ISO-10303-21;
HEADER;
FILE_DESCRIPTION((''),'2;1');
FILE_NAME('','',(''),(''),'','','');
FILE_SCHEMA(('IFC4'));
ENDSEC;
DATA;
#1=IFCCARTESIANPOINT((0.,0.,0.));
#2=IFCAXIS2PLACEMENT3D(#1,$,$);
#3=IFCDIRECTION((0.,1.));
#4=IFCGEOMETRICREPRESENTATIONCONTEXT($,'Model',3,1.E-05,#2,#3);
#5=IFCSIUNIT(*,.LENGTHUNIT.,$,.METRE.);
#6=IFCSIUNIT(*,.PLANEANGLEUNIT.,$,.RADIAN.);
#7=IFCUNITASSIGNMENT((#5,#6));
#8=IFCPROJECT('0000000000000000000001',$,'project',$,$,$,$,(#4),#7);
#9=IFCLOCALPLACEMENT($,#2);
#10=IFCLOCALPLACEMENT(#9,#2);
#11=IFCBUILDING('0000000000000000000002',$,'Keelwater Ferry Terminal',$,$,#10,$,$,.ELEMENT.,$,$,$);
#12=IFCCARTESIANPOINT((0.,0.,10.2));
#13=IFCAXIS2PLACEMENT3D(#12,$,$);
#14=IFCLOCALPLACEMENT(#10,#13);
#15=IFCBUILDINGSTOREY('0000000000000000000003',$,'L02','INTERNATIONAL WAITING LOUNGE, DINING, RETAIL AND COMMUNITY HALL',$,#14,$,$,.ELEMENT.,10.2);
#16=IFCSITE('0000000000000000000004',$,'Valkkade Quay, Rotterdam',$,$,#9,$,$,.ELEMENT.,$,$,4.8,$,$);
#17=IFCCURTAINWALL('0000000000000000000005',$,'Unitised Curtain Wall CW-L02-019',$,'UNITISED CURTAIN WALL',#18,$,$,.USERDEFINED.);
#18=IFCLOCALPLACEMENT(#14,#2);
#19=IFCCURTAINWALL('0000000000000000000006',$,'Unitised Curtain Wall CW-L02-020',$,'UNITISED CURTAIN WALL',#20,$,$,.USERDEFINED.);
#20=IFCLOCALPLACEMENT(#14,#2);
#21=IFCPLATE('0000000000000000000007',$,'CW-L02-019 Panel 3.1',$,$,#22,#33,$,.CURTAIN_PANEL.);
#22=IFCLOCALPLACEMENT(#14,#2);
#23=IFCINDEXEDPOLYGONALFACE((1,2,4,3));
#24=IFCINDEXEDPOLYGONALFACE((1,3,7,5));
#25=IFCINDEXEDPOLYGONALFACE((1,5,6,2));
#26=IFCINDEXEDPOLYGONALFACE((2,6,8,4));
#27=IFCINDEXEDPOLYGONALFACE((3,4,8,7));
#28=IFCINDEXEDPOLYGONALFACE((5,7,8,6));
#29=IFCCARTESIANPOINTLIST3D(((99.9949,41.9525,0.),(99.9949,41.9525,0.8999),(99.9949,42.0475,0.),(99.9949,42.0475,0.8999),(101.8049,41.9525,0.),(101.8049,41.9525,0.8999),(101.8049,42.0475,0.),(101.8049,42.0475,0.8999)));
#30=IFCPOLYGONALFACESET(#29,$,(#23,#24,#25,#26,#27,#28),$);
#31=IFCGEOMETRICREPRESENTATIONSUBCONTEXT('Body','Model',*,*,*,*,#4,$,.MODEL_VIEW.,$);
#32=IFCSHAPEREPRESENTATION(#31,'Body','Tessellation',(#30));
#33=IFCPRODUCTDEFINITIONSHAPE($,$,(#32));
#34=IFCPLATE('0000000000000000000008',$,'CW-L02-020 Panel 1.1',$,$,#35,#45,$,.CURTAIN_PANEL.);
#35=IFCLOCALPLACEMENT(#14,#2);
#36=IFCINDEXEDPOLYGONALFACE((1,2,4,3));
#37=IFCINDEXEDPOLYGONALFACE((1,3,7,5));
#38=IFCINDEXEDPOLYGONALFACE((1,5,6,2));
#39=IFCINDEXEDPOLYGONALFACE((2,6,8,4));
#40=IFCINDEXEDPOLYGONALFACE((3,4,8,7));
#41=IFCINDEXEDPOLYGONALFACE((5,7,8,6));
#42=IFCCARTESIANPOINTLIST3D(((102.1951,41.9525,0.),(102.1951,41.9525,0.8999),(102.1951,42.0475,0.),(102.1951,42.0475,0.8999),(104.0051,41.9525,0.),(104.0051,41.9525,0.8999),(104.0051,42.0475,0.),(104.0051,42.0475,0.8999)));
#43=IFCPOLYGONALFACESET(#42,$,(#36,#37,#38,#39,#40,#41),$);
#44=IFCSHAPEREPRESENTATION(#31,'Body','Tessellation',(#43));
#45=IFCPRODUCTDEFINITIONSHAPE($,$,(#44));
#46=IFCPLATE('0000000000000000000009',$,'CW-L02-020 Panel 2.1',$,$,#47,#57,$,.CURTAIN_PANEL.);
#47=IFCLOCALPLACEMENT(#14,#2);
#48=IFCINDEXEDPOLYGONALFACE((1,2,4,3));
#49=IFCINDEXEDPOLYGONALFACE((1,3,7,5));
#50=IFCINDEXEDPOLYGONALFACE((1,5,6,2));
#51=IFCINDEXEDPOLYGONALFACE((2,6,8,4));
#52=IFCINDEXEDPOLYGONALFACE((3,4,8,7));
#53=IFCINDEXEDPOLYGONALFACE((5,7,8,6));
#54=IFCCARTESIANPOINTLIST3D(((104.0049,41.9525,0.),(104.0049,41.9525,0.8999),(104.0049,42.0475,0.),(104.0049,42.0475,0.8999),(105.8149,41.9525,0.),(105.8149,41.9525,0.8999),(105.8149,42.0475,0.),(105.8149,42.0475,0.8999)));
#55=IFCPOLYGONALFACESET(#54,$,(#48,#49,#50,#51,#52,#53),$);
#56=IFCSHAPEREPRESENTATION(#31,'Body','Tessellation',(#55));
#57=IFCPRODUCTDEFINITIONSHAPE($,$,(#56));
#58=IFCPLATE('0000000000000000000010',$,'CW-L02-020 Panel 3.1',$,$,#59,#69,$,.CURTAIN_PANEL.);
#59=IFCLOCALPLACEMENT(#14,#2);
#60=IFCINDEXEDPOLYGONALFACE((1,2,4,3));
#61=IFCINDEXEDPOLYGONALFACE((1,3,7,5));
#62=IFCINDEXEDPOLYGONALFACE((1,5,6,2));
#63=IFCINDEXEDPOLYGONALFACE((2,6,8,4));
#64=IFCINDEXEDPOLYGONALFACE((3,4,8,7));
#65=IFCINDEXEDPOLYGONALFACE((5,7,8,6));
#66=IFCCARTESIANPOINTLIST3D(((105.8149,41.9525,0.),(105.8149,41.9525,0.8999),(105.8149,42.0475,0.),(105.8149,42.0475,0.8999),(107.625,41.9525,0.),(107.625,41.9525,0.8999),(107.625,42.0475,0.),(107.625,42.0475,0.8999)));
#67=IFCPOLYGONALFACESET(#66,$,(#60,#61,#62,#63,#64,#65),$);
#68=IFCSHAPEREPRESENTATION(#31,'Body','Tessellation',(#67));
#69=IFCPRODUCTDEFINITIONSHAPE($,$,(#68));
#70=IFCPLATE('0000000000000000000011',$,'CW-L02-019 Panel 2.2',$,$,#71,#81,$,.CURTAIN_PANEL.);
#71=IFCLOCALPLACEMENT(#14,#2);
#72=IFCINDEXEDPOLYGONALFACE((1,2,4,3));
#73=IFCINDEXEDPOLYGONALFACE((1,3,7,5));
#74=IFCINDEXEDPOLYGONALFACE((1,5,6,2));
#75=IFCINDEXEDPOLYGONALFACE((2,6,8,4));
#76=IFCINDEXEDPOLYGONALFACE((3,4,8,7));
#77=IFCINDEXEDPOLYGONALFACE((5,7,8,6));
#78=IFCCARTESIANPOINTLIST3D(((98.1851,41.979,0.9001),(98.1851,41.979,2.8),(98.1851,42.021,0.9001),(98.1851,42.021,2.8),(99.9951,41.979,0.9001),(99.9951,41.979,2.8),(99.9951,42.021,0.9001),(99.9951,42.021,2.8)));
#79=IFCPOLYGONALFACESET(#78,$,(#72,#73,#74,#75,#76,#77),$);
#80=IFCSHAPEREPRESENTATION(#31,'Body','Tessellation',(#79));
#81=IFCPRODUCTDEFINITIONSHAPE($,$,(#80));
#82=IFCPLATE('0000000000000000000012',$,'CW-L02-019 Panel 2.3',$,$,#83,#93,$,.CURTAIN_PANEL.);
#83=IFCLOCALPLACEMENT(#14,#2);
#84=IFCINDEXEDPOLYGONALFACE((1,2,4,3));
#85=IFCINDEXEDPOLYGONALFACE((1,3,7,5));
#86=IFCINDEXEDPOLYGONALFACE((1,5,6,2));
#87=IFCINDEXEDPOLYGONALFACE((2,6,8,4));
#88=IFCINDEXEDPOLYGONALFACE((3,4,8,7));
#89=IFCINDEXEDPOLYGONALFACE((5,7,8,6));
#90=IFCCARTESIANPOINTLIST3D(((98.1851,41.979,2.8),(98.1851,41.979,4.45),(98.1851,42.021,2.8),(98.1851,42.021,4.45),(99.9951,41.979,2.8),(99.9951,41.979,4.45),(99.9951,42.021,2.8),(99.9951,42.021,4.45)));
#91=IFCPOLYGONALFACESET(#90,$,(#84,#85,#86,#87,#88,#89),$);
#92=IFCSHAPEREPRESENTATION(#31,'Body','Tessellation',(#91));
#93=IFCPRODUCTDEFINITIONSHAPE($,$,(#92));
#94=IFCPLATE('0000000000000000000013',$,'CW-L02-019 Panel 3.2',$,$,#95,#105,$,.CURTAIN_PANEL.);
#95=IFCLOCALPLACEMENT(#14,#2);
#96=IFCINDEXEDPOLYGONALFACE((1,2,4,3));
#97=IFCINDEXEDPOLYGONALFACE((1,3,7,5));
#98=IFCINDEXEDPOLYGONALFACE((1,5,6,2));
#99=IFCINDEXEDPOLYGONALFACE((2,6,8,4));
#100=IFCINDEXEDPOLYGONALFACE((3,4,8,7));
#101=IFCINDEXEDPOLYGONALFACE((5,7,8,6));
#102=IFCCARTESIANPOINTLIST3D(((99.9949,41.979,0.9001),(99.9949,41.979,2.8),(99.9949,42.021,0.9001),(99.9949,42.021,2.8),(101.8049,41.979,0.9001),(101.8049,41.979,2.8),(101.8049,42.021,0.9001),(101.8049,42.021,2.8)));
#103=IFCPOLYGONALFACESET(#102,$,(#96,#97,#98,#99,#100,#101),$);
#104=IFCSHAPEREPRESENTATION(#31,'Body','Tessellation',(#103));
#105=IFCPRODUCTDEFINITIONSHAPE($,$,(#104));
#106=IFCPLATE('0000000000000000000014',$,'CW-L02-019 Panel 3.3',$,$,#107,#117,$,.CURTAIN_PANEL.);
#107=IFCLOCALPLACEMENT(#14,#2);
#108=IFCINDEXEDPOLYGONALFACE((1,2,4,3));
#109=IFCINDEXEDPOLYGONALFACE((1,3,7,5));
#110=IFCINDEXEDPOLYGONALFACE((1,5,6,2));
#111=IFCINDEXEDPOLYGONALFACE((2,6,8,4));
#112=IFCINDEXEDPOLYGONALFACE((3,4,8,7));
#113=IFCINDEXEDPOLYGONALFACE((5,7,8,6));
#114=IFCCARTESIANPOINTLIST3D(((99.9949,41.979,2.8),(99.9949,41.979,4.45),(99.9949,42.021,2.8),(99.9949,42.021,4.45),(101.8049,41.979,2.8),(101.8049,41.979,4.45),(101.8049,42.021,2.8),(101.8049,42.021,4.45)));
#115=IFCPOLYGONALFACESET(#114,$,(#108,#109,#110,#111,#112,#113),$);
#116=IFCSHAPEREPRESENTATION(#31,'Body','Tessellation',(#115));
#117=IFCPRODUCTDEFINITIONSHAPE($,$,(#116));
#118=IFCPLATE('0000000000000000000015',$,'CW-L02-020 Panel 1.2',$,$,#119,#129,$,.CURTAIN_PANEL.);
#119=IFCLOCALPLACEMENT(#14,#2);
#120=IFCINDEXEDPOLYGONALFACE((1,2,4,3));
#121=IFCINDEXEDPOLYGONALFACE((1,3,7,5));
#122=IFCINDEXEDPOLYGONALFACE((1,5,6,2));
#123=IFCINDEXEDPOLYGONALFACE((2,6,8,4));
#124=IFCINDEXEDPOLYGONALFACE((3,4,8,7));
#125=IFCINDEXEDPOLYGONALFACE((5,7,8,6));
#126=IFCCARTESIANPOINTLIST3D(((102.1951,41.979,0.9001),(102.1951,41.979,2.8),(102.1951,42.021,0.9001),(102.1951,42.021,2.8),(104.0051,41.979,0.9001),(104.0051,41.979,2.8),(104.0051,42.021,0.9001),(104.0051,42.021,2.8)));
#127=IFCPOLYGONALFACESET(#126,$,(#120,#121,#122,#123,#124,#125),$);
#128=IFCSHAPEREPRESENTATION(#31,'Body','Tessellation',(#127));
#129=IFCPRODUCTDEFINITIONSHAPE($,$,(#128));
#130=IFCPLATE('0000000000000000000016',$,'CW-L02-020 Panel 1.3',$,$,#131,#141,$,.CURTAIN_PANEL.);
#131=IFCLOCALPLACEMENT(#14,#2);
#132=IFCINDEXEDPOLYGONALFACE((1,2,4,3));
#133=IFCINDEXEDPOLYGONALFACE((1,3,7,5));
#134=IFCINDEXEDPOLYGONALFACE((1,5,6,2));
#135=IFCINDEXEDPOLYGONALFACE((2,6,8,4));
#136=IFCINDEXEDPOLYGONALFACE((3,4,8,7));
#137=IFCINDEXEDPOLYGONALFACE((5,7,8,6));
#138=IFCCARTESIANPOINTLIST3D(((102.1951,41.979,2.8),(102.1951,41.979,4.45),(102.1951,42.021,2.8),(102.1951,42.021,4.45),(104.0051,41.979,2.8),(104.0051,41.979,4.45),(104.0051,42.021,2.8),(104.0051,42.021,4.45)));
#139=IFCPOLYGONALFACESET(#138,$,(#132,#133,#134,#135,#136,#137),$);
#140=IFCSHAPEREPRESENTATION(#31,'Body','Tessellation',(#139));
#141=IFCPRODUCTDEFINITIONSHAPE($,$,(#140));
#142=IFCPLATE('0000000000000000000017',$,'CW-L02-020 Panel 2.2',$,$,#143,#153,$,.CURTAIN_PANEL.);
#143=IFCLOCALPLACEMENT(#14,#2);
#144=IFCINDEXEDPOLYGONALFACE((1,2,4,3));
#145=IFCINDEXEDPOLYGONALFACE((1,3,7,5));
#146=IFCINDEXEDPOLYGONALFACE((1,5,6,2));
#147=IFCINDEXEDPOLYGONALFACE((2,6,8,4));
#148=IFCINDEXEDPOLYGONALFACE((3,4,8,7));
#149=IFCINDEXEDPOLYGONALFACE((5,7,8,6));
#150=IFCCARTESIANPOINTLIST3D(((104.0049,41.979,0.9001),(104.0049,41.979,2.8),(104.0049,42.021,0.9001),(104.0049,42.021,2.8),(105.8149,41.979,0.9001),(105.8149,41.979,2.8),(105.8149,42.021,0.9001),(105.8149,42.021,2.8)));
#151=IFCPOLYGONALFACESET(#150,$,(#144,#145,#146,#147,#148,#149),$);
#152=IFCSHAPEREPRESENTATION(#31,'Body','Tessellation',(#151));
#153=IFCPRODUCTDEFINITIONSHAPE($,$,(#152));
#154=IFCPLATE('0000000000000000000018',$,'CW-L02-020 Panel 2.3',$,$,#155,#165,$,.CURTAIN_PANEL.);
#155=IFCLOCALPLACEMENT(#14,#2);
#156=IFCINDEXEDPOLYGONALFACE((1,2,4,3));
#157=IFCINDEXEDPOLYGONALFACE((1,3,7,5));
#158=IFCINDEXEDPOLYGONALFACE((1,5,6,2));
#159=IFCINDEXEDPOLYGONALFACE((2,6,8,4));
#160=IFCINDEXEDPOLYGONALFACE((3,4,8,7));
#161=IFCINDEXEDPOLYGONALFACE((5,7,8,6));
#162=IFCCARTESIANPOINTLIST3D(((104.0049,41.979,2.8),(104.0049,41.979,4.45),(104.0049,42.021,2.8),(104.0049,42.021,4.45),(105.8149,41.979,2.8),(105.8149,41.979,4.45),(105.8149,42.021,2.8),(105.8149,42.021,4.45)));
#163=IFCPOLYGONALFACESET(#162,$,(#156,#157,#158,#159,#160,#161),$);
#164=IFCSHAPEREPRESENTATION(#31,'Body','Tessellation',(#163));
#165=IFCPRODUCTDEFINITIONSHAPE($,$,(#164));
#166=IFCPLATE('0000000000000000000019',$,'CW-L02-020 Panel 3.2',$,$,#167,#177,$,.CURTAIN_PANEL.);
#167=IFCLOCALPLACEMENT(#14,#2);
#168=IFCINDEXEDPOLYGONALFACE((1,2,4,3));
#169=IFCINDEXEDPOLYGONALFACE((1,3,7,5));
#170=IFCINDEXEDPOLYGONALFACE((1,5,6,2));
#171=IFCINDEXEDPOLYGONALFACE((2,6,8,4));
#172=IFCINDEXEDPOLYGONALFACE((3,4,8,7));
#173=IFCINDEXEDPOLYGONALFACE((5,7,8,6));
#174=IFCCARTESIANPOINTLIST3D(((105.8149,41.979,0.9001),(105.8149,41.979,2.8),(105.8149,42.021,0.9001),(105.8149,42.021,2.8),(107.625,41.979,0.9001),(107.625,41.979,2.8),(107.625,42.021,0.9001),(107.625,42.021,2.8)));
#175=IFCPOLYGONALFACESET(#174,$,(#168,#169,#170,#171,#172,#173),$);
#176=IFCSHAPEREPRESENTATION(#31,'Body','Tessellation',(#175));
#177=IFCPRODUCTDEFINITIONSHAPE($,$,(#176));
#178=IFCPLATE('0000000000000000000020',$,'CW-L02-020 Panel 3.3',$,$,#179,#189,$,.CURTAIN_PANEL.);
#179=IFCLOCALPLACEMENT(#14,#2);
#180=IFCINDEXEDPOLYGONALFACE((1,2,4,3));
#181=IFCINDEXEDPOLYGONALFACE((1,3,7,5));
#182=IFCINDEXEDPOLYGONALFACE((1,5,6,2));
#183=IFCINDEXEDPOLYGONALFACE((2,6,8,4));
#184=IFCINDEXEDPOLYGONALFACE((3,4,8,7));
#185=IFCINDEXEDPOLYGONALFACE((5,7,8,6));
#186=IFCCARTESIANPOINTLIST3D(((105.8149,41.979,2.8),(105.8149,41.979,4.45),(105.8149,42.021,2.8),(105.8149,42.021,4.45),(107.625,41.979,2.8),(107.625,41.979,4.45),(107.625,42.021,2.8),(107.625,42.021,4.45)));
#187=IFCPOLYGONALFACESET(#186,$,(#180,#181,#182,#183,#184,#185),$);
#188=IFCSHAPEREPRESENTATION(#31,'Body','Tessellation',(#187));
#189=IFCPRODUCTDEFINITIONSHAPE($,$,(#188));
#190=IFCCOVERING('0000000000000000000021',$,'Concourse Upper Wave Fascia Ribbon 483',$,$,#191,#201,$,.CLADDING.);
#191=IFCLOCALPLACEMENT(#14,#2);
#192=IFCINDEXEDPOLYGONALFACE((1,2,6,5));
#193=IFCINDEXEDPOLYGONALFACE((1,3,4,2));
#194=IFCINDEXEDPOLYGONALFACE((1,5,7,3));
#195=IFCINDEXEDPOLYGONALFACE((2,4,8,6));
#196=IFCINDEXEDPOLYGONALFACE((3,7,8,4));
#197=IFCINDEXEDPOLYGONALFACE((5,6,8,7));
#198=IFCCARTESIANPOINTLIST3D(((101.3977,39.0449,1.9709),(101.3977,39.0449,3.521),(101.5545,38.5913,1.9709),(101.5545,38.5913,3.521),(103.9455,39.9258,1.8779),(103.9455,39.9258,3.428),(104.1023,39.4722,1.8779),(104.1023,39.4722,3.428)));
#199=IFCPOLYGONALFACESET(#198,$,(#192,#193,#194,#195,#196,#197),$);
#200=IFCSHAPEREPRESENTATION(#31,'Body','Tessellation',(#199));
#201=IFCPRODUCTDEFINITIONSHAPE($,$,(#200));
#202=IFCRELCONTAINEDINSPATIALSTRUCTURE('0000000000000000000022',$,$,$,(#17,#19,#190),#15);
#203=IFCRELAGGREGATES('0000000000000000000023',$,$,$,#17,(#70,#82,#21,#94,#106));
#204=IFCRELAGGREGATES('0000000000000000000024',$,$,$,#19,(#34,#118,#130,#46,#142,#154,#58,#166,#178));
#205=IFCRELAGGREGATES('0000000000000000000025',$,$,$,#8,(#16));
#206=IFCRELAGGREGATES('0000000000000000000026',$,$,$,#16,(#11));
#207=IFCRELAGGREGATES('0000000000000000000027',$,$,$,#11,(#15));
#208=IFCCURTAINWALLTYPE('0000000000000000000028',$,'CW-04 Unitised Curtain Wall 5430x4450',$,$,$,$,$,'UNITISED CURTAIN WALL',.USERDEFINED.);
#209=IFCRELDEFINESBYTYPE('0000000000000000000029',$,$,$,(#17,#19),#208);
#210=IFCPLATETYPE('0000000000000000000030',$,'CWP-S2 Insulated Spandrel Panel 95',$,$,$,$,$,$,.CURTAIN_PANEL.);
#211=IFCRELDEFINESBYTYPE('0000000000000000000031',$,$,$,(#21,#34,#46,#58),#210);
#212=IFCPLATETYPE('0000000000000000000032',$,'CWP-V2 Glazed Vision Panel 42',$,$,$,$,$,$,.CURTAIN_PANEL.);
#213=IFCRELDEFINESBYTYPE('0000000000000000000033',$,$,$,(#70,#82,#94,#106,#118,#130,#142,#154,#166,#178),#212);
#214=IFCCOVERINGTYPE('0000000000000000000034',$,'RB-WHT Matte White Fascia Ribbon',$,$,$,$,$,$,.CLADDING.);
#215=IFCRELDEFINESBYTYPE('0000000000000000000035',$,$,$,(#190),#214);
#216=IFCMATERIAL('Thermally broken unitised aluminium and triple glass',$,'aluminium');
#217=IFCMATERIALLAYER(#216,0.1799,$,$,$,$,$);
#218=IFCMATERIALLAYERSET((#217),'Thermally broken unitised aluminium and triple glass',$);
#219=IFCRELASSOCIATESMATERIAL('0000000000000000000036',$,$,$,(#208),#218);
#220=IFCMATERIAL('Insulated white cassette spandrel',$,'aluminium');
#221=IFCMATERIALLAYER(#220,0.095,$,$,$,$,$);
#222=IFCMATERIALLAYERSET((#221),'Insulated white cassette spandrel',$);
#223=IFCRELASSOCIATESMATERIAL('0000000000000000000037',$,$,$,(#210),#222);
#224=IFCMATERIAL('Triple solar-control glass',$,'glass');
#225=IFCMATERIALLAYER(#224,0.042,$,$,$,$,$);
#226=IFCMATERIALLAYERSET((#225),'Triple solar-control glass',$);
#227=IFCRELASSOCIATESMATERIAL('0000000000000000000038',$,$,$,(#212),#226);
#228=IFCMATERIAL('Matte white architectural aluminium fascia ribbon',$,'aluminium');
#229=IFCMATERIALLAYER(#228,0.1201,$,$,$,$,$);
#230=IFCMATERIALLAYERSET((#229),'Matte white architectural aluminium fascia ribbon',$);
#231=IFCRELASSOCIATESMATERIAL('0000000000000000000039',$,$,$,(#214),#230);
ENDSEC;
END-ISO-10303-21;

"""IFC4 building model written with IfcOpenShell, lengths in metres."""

from ifc_helpers import new_model, si_unit, direction, frame, origin, origin_2d, place, context, subcontext, project, spatial, polyline, rectangle, outline, extrude, material, layer, layer_set, type_object, element, aggregate, save


model = new_model("IFC4")

# Units and contexts
model_context = context("Model", 3, precision=1e-05, world=origin(), true_north=direction((0.0, 1.0)))
body_context = subcontext(model_context, "Body", "Model", "MODEL_VIEW")
ifc_project = project(units=[si_unit("LENGTHUNIT", "METRE"), si_unit("PLANEANGLEUNIT", "RADIAN")], contexts=[model_context])

# Site, building, storey
site_placement = place(None, origin())
site = spatial("IfcSite", under=ifc_project, at=site_placement, Name="Valkkade Quay, Rotterdam", CompositionType="ELEMENT", RefElevation=4.8)
building_placement = place(site_placement, origin())
building = spatial("IfcBuilding", under=site, at=building_placement, Name="Keelwater Ferry Terminal", CompositionType="ELEMENT")
storey_placement = place(building_placement, frame((0.0, 0.0, 10.2)))
storey = spatial("IfcBuildingStorey", under=building, at=storey_placement, Name="L02", Description="INTERNATIONAL WAITING LOUNGE, DINING, RETAIL AND COMMUNITY HALL", CompositionType="ELEMENT", Elevation=10.2)

# Curtain walls
ifc_material_1 = material(Name="Thermally broken unitised aluminium and triple glass", Category="aluminium")
ifc_layer_1 = layer(ifc_material_1, 0.1799)
ifc_layer_set_1 = layer_set([ifc_layer_1], Name="Thermally broken unitised aluminium and triple glass")
curtain_wall_type = type_object("IfcCurtainWallType", Name="CW-04 Unitised Curtain Wall 5430x4450", ElementType="UNITISED CURTAIN WALL", PredefinedType="USERDEFINED", material=ifc_layer_set_1)
curtain_wall_1_placement = place(storey_placement, origin())
curtain_wall_1 = element("IfcCurtainWall", 1, at=curtain_wall_1_placement, inside=storey, type_object=curtain_wall_type, Name="Unitised Curtain Wall CW-L02-019", ObjectType="UNITISED CURTAIN WALL", PredefinedType="USERDEFINED")
curtain_wall_2_placement = place(storey_placement, origin())
curtain_wall_2 = element("IfcCurtainWall", 2, at=curtain_wall_2_placement, inside=storey, type_object=curtain_wall_type, Name="Unitised Curtain Wall CW-L02-020", ObjectType="UNITISED CURTAIN WALL", PredefinedType="USERDEFINED")

# Plates
ifc_material_2 = material(Name="Insulated white cassette spandrel", Category="aluminium")
ifc_layer_2 = layer(ifc_material_2, 0.095)
ifc_layer_set_2 = layer_set([ifc_layer_2], Name="Insulated white cassette spandrel")
plate_type_1 = type_object("IfcPlateType", Name="CWP-S2 Insulated Spandrel Panel 95", PredefinedType="CURTAIN_PANEL", material=ifc_layer_set_2)
plate_1_placement = place(storey_placement, frame((100.8999, 42.0, 0.0), z_axis=(0.0, 0.0, 1.0), x_axis=(1.0, 0.0, 0.0)))
plate_1 = element("IfcPlate", 3, at=plate_1_placement, type_object=plate_type_1, Name="CW-L02-019 Panel 3.1", PredefinedType="CURTAIN_PANEL", context=body_context, shape_type="SweptSolid", body=[
    extrude(rectangle(XDim=1.8101, YDim=0.095, at=origin_2d()), origin(), (0.0, 0.0, 1.0), 0.8999),
])
plate_2_placement = place(storey_placement, frame((103.1001, 42.0, 0.0), z_axis=(0.0, 0.0, 1.0), x_axis=(1.0, 0.0, 0.0)))
plate_2 = element("IfcPlate", 4, at=plate_2_placement, type_object=plate_type_1, Name="CW-L02-020 Panel 1.1", PredefinedType="CURTAIN_PANEL", context=body_context, shape_type="SweptSolid", body=[
    extrude(rectangle(XDim=1.8101, YDim=0.095, at=origin_2d()), origin(), (0.0, 0.0, 1.0), 0.8999),
])
plate_3_placement = place(storey_placement, frame((104.9099, 42.0, 0.0), z_axis=(0.0, 0.0, 1.0), x_axis=(1.0, 0.0, 0.0)))
plate_3 = element("IfcPlate", 5, at=plate_3_placement, type_object=plate_type_1, Name="CW-L02-020 Panel 2.1", PredefinedType="CURTAIN_PANEL", context=body_context, shape_type="SweptSolid", body=[
    extrude(rectangle(XDim=1.8101, YDim=0.095, at=origin_2d()), origin(), (0.0, 0.0, 1.0), 0.8999),
])
plate_4_placement = place(storey_placement, frame((106.72, 42.0, 0.0), z_axis=(0.0, 0.0, 1.0), x_axis=(1.0, 0.0, 0.0)))
plate_4 = element("IfcPlate", 6, at=plate_4_placement, type_object=plate_type_1, Name="CW-L02-020 Panel 3.1", PredefinedType="CURTAIN_PANEL", context=body_context, shape_type="SweptSolid", body=[
    extrude(rectangle(XDim=1.8101, YDim=0.095, at=origin_2d()), origin(), (0.0, 0.0, 1.0), 0.8999),
])
ifc_material_3 = material(Name="Triple solar-control glass", Category="glass")
ifc_layer_3 = layer(ifc_material_3, 0.042)
ifc_layer_set_3 = layer_set([ifc_layer_3], Name="Triple solar-control glass")
plate_type_2 = type_object("IfcPlateType", Name="CWP-V2 Glazed Vision Panel 42", PredefinedType="CURTAIN_PANEL", material=ifc_layer_set_3)
plate_5_placement = place(storey_placement, frame((99.0901, 42.0, 0.9001), z_axis=(0.0, 0.0, 1.0), x_axis=(1.0, 0.0, 0.0)))
plate_5 = element("IfcPlate", 7, at=plate_5_placement, type_object=plate_type_2, Name="CW-L02-019 Panel 2.2", PredefinedType="CURTAIN_PANEL", context=body_context, shape_type="SweptSolid", body=[
    extrude(rectangle(XDim=1.8101, YDim=0.042, at=origin_2d()), origin(), (0.0, 0.0, 1.0), 1.8999),
])
plate_6_placement = place(storey_placement, frame((99.0901, 42.0, 2.8), z_axis=(0.0, 0.0, 1.0), x_axis=(1.0, 0.0, 0.0)))
plate_6 = element("IfcPlate", 8, at=plate_6_placement, type_object=plate_type_2, Name="CW-L02-019 Panel 2.3", PredefinedType="CURTAIN_PANEL", context=body_context, shape_type="SweptSolid", body=[
    extrude(rectangle(XDim=1.8101, YDim=0.042, at=origin_2d()), origin(), (0.0, 0.0, 1.0), 1.6499),
])
plate_7_placement = place(storey_placement, frame((100.8999, 42.0, 0.9001), z_axis=(0.0, 0.0, 1.0), x_axis=(1.0, 0.0, 0.0)))
plate_7 = element("IfcPlate", 9, at=plate_7_placement, type_object=plate_type_2, Name="CW-L02-019 Panel 3.2", PredefinedType="CURTAIN_PANEL", context=body_context, shape_type="SweptSolid", body=[
    extrude(rectangle(XDim=1.8101, YDim=0.042, at=origin_2d()), origin(), (0.0, 0.0, 1.0), 1.8999),
])
plate_8_placement = place(storey_placement, frame((100.8999, 42.0, 2.8), z_axis=(0.0, 0.0, 1.0), x_axis=(1.0, 0.0, 0.0)))
plate_8 = element("IfcPlate", 10, at=plate_8_placement, type_object=plate_type_2, Name="CW-L02-019 Panel 3.3", PredefinedType="CURTAIN_PANEL", context=body_context, shape_type="SweptSolid", body=[
    extrude(rectangle(XDim=1.8101, YDim=0.042, at=origin_2d()), origin(), (0.0, 0.0, 1.0), 1.6499),
])
aggregate(curtain_wall_1, [plate_5, plate_6, plate_1, plate_7, plate_8])
plate_9_placement = place(storey_placement, frame((103.1001, 42.0, 0.9001), z_axis=(0.0, 0.0, 1.0), x_axis=(1.0, 0.0, 0.0)))
plate_9 = element("IfcPlate", 11, at=plate_9_placement, type_object=plate_type_2, Name="CW-L02-020 Panel 1.2", PredefinedType="CURTAIN_PANEL", context=body_context, shape_type="SweptSolid", body=[
    extrude(rectangle(XDim=1.8101, YDim=0.042, at=origin_2d()), origin(), (0.0, 0.0, 1.0), 1.8999),
])
plate_10_placement = place(storey_placement, frame((103.1001, 42.0, 2.8), z_axis=(0.0, 0.0, 1.0), x_axis=(1.0, 0.0, 0.0)))
plate_10 = element("IfcPlate", 12, at=plate_10_placement, type_object=plate_type_2, Name="CW-L02-020 Panel 1.3", PredefinedType="CURTAIN_PANEL", context=body_context, shape_type="SweptSolid", body=[
    extrude(rectangle(XDim=1.8101, YDim=0.042, at=origin_2d()), origin(), (0.0, 0.0, 1.0), 1.6499),
])
plate_11_placement = place(storey_placement, frame((104.9099, 42.0, 0.9001), z_axis=(0.0, 0.0, 1.0), x_axis=(1.0, 0.0, 0.0)))
plate_11 = element("IfcPlate", 13, at=plate_11_placement, type_object=plate_type_2, Name="CW-L02-020 Panel 2.2", PredefinedType="CURTAIN_PANEL", context=body_context, shape_type="SweptSolid", body=[
    extrude(rectangle(XDim=1.8101, YDim=0.042, at=origin_2d()), origin(), (0.0, 0.0, 1.0), 1.8999),
])
plate_12_placement = place(storey_placement, frame((104.9099, 42.0, 2.8), z_axis=(0.0, 0.0, 1.0), x_axis=(1.0, 0.0, 0.0)))
plate_12 = element("IfcPlate", 14, at=plate_12_placement, type_object=plate_type_2, Name="CW-L02-020 Panel 2.3", PredefinedType="CURTAIN_PANEL", context=body_context, shape_type="SweptSolid", body=[
    extrude(rectangle(XDim=1.8101, YDim=0.042, at=origin_2d()), origin(), (0.0, 0.0, 1.0), 1.6499),
])
plate_13_placement = place(storey_placement, frame((106.72, 42.0, 0.9001), z_axis=(0.0, 0.0, 1.0), x_axis=(1.0, 0.0, 0.0)))
plate_13 = element("IfcPlate", 15, at=plate_13_placement, type_object=plate_type_2, Name="CW-L02-020 Panel 3.2", PredefinedType="CURTAIN_PANEL", context=body_context, shape_type="SweptSolid", body=[
    extrude(rectangle(XDim=1.8101, YDim=0.042, at=origin_2d()), origin(), (0.0, 0.0, 1.0), 1.8999),
])
plate_14_placement = place(storey_placement, frame((106.72, 42.0, 2.8), z_axis=(0.0, 0.0, 1.0), x_axis=(1.0, 0.0, 0.0)))
plate_14 = element("IfcPlate", 16, at=plate_14_placement, type_object=plate_type_2, Name="CW-L02-020 Panel 3.3", PredefinedType="CURTAIN_PANEL", context=body_context, shape_type="SweptSolid", body=[
    extrude(rectangle(XDim=1.8101, YDim=0.042, at=origin_2d()), origin(), (0.0, 0.0, 1.0), 1.6499),
])
aggregate(curtain_wall_2, [plate_2, plate_9, plate_10, plate_3, plate_11, plate_12, plate_4, plate_13, plate_14])

# Covering
ifc_material_4 = material(Name="Matte white architectural aluminium fascia ribbon", Category="aluminium")
ifc_layer_4 = layer(ifc_material_4, 0.1201)
ifc_layer_set_4 = layer_set([ifc_layer_4], Name="Matte white architectural aluminium fascia ribbon")
covering_type = type_object("IfcCoveringType", Name="RB-WHT Matte White Fascia Ribbon", PredefinedType="CLADDING", material=ifc_layer_set_4)
covering_1_placement = place(storey_placement, frame((101.4761, 38.8181, 1.8779), z_axis=(0.0, 0.0, 1.0), x_axis=(0.945111, 0.32675, 0.0)))
element("IfcCovering", 17, at=covering_1_placement, inside=storey, type_object=covering_type, Name="Concourse Upper Wave Fascia Ribbon 483", PredefinedType="CLADDING", context=body_context, shape_type="SweptSolid", body=[
    extrude(outline(polyline([(0.0, 0.093), (2.6958, 0.0), (2.6958, 1.55), (0.0, 1.6431), (0.0, 0.093)])), frame((0.0, 0.24, 0.0), z_axis=(0.0, -1.0, 0.0), x_axis=(1.0, 0.0, 0.0)), (0.0, 0.0, 1.0), 0.48),
])

save(model, "model.ifc")
